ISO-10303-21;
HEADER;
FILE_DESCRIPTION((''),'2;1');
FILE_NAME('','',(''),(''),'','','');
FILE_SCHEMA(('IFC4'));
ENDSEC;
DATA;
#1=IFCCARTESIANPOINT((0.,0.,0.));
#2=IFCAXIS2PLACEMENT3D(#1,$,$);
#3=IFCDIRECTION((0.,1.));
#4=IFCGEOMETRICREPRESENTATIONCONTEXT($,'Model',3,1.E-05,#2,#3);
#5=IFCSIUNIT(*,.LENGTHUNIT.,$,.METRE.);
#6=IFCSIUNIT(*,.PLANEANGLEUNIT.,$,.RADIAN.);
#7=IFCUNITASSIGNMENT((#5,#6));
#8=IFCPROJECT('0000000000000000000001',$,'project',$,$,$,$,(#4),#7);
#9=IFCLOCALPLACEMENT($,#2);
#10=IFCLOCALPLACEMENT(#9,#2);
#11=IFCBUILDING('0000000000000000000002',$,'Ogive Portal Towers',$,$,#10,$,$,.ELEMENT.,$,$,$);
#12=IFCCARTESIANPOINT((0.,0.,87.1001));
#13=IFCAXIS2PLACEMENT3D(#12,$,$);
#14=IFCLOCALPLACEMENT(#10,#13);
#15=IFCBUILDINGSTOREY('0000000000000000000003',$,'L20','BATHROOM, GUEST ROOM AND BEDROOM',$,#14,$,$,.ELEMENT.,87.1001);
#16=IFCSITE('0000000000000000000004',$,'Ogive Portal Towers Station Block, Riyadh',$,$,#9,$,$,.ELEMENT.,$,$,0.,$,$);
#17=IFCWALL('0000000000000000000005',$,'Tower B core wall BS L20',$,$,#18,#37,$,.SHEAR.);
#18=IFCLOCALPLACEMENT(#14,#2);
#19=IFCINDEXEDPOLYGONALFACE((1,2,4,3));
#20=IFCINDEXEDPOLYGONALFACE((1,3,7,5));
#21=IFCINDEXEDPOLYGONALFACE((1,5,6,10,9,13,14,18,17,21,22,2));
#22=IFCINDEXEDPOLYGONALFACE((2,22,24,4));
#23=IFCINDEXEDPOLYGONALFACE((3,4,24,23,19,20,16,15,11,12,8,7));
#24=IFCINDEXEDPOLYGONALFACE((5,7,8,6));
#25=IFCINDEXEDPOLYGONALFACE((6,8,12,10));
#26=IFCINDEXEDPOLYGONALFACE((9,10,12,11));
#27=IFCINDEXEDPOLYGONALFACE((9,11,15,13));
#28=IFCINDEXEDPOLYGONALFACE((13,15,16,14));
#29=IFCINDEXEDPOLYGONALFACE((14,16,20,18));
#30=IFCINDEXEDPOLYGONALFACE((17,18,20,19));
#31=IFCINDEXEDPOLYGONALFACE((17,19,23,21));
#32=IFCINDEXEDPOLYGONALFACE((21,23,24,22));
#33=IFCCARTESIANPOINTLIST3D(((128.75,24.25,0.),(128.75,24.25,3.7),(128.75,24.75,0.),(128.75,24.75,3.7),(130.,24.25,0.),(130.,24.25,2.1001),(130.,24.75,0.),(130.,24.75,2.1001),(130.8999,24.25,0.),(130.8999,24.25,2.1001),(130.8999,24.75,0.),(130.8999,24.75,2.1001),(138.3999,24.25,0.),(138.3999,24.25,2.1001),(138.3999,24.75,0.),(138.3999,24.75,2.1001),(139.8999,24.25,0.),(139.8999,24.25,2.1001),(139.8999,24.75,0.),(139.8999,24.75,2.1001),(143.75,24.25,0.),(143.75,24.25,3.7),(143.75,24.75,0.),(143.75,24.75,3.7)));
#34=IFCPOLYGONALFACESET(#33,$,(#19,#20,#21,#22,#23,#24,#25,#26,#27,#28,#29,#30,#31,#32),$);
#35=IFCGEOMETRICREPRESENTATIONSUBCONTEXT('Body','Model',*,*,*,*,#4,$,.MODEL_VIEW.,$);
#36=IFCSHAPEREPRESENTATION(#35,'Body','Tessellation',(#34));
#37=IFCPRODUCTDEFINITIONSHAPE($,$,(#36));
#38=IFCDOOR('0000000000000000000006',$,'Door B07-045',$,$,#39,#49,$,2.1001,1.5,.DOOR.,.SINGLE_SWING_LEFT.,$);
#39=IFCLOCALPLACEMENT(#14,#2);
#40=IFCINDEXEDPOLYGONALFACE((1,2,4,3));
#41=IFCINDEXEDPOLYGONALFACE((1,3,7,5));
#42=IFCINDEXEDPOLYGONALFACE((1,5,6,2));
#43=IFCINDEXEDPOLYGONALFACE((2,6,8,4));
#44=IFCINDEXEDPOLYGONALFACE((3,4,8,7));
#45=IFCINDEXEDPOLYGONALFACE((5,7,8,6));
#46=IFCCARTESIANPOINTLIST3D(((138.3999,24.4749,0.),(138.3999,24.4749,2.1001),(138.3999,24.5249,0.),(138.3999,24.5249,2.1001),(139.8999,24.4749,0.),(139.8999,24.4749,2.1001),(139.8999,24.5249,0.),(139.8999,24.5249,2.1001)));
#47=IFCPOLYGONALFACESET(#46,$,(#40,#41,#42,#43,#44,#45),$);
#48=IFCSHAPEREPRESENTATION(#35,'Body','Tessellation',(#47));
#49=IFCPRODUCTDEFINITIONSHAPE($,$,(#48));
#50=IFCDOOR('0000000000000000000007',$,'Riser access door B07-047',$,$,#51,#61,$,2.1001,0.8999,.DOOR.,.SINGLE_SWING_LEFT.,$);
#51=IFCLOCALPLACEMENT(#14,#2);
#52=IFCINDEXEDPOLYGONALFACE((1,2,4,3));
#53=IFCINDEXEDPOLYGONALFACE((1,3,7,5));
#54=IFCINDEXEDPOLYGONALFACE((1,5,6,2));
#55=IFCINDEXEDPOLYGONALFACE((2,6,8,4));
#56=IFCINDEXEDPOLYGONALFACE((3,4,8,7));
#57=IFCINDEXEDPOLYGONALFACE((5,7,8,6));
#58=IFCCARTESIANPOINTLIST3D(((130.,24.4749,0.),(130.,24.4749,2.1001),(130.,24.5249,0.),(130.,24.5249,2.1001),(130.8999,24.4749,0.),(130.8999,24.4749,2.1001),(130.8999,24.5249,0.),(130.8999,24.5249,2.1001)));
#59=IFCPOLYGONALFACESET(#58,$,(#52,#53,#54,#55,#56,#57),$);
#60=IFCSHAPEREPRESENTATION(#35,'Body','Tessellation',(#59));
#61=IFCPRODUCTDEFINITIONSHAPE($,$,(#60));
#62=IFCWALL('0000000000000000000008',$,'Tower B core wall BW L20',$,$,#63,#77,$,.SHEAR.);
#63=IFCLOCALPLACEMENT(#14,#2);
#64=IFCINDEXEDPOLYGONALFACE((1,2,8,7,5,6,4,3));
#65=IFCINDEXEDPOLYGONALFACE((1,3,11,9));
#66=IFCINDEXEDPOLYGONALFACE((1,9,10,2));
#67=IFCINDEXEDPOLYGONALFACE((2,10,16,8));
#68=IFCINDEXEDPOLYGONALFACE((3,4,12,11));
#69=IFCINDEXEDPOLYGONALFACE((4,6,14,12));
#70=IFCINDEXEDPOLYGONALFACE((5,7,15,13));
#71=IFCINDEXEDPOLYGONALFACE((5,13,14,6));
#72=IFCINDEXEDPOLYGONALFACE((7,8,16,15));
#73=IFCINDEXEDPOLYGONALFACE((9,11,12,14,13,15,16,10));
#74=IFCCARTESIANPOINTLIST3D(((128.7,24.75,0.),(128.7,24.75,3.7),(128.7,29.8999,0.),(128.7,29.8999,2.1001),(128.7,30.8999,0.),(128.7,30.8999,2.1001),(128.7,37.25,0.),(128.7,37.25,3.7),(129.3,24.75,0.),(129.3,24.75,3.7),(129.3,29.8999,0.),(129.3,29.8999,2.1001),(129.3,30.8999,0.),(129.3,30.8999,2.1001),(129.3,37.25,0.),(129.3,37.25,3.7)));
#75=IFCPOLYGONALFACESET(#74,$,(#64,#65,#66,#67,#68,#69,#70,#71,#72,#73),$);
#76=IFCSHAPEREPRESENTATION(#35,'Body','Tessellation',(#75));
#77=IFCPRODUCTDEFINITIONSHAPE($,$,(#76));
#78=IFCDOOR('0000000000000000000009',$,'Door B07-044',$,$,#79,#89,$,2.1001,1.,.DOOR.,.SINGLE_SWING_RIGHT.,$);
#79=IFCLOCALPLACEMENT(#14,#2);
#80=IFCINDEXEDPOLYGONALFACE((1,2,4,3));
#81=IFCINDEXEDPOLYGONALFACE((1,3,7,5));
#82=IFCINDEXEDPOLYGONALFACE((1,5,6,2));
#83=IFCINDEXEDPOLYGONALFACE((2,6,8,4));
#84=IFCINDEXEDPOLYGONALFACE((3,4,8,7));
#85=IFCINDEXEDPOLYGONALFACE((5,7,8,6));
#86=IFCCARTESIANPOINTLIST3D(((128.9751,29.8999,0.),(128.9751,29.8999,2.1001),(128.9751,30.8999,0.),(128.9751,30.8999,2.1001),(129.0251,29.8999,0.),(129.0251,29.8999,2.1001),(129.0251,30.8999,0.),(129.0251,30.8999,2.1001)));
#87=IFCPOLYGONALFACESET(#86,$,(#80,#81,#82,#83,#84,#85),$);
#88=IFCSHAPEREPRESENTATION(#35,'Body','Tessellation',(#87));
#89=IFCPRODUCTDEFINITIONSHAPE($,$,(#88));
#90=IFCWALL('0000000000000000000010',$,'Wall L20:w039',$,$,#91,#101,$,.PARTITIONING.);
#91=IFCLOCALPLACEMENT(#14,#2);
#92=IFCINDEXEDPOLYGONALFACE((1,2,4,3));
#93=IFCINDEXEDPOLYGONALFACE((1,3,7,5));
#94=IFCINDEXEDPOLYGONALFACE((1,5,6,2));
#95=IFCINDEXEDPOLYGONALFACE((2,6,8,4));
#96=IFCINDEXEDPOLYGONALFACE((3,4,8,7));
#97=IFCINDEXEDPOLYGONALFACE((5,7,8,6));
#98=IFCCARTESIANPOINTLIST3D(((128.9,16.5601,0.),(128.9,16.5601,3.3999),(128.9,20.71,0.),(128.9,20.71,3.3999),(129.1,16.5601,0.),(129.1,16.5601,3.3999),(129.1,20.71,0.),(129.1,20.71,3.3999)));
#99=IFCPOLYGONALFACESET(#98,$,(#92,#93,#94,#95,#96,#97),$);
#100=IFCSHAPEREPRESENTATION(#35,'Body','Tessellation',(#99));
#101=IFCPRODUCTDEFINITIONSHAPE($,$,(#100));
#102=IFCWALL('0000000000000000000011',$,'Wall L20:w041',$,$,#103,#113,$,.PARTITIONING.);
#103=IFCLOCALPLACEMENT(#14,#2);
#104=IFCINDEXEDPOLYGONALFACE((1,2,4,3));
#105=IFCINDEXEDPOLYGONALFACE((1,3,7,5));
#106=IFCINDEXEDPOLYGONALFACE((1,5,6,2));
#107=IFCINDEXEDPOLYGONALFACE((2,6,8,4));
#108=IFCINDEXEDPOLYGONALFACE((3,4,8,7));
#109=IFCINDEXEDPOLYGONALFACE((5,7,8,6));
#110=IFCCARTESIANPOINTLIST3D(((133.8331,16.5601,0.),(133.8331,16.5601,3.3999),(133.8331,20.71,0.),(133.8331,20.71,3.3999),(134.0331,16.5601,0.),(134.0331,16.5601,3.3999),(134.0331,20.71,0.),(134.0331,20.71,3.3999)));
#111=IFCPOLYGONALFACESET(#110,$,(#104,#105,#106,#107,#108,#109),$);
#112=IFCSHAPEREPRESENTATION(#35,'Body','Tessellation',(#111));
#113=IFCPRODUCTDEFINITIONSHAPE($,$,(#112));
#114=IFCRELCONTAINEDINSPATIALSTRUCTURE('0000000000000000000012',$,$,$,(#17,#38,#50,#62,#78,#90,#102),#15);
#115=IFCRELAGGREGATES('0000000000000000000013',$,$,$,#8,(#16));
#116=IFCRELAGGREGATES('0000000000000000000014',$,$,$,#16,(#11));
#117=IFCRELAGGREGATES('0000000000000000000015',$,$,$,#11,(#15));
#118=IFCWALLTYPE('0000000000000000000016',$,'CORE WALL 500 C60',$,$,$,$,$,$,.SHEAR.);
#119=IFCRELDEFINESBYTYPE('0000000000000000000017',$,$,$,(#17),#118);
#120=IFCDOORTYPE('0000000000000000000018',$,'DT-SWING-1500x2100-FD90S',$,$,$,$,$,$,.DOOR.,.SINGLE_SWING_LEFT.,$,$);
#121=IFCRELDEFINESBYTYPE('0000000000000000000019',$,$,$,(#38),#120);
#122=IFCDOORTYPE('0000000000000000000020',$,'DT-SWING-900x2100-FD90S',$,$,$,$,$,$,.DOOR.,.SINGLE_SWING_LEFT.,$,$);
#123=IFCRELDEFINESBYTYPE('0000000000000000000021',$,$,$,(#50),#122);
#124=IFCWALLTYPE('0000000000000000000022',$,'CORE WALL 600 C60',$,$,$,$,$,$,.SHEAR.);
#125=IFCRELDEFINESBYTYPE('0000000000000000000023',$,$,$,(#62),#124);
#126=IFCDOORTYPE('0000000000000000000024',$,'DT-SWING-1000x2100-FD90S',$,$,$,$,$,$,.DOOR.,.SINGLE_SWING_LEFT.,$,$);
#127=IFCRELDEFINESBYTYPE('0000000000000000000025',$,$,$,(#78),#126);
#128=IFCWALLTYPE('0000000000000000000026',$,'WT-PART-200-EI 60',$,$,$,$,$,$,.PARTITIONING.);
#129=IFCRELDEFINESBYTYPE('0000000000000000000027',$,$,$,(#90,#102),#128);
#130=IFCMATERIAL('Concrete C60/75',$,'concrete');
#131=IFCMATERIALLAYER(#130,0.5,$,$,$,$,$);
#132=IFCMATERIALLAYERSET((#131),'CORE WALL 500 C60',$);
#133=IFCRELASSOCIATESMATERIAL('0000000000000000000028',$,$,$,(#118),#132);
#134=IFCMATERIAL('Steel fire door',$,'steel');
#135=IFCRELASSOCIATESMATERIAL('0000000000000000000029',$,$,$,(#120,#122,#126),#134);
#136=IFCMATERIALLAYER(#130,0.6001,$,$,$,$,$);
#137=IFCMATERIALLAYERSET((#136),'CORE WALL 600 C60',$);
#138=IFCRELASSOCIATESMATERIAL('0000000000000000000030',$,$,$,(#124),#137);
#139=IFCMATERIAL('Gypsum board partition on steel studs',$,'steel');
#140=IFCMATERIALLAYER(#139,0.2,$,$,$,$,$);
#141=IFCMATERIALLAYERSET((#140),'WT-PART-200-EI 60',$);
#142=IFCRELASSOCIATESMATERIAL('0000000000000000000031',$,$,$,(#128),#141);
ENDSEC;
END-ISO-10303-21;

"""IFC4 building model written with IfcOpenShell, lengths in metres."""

from ifc_helpers import new_model, si_unit, direction, frame, frame_2d, origin, place, context, subcontext, project, spatial, rectangle, extrude, material, layer, layer_set, type_object, element, fill, save


model = new_model("IFC4")

# Units and contexts
model_context = context("Model", 3, precision=1e-05, world=origin(), true_north=direction((0.0, 1.0)))
body_context = subcontext(model_context, "Body", "Model", "MODEL_VIEW")
ifc_project = project(units=[si_unit("LENGTHUNIT", "METRE"), si_unit("PLANEANGLEUNIT", "RADIAN")], contexts=[model_context])

# Site, building, storey
site_placement = place(None, origin())
site = spatial("IfcSite", under=ifc_project, at=site_placement, Name="Ogive Portal Towers Station Block, Riyadh", CompositionType="ELEMENT", RefElevation=0.0)
building_placement = place(site_placement, origin())
building = spatial("IfcBuilding", under=site, at=building_placement, Name="Ogive Portal Towers", CompositionType="ELEMENT")
storey_placement = place(building_placement, frame((0.0, 0.0, 87.1001)))
storey = spatial("IfcBuildingStorey", under=building, at=storey_placement, Name="L20", Description="BATHROOM, GUEST ROOM AND BEDROOM", CompositionType="ELEMENT", Elevation=87.1001)

# Shared definitions
ifc_material_1 = material(Name="Concrete C60/75", Category="concrete")
ifc_material_2 = material(Name="Steel fire door", Category="steel")

# Wall, openings, doors
ifc_layer_1 = layer(ifc_material_1, 0.5)
ifc_layer_set_1 = layer_set([ifc_layer_1], Name="CORE WALL 500 C60")
wall_type_1 = type_object("IfcWallType", Name="CORE WALL 500 C60", PredefinedType="SHEAR", material=ifc_layer_set_1)
wall_1_placement = place(storey_placement, frame((128.75, 24.5, 0.0), z_axis=(0.0, 0.0, 1.0), x_axis=(1.0, 0.0, 0.0)))
wall_1 = element("IfcWall", 1, at=wall_1_placement, inside=storey, type_object=wall_type_1, Name="Tower B core wall BS L20", PredefinedType="SHEAR", context=body_context, shape_type="SweptSolid", body=[
    extrude(rectangle(XDim=15.0, YDim=0.5, at=frame_2d((7.5, 0.0))), origin(), (0.0, 0.0, 1.0), 3.7),
])
opening_1_placement = place(wall_1_placement, frame((9.6499, 0.0, 0.0)))
opening_1 = element("IfcOpeningElement", 2, at=opening_1_placement, cuts=wall_1, PredefinedType="OPENING", context=body_context, shape_type="SweptSolid", body=[
    extrude(rectangle(XDim=1.5, YDim=2.1001, at=frame_2d((0.75, 1.05))), frame((0.0, 0.26, 0.0), z_axis=(0.0, -1.0, 0.0), x_axis=(1.0, 0.0, 0.0)), (0.0, 0.0, 1.0), 0.52),
])
opening_2_placement = place(wall_1_placement, frame((1.25, 0.0, 0.0)))
opening_2 = element("IfcOpeningElement", 3, at=opening_2_placement, cuts=wall_1, PredefinedType="OPENING", context=body_context, shape_type="SweptSolid", body=[
    extrude(rectangle(XDim=0.8999, YDim=2.1001, at=frame_2d((0.45, 1.05))), frame((0.0, 0.26, 0.0), z_axis=(0.0, -1.0, 0.0), x_axis=(1.0, 0.0, 0.0)), (0.0, 0.0, 1.0), 0.52),
])
door_type_1 = type_object("IfcDoorType", Name="DT-SWING-1500x2100-FD90S", OperationType="SINGLE_SWING_LEFT", PredefinedType="DOOR", material=ifc_material_2)
door_1_placement = place(opening_1_placement, origin())
door_1 = element("IfcDoor", 4, at=door_1_placement, inside=storey, type_object=door_type_1, Name="Door B07-045", OperationType="SINGLE_SWING_LEFT", OverallHeight=2.1001, OverallWidth=1.5, PredefinedType="DOOR", context=body_context, shape_type="SweptSolid", body=[
    extrude(rectangle(XDim=1.5, YDim=2.1001, at=frame_2d((0.75, 1.05))), frame((0.0, 0.0249, 0.0), z_axis=(0.0, -1.0, 0.0), x_axis=(1.0, 0.0, 0.0)), (0.0, 0.0, 1.0), 0.05),
])
fill(opening_1, door_1)
door_type_2 = type_object("IfcDoorType", Name="DT-SWING-900x2100-FD90S", OperationType="SINGLE_SWING_LEFT", PredefinedType="DOOR", material=ifc_material_2)
door_2_placement = place(opening_2_placement, origin())
door_2 = element("IfcDoor", 5, at=door_2_placement, inside=storey, type_object=door_type_2, Name="Riser access door B07-047", OperationType="SINGLE_SWING_LEFT", OverallHeight=2.1001, OverallWidth=0.8999, PredefinedType="DOOR", context=body_context, shape_type="SweptSolid", body=[
    extrude(rectangle(XDim=0.8999, YDim=2.1001, at=frame_2d((0.45, 1.05))), frame((0.0, 0.0249, 0.0), z_axis=(0.0, -1.0, 0.0), x_axis=(1.0, 0.0, 0.0)), (0.0, 0.0, 1.0), 0.05),
])
fill(opening_2, door_2)

# Wall, opening, door
ifc_layer_2 = layer(ifc_material_1, 0.6001)
ifc_layer_set_2 = layer_set([ifc_layer_2], Name="CORE WALL 600 C60")
wall_type_2 = type_object("IfcWallType", Name="CORE WALL 600 C60", PredefinedType="SHEAR", material=ifc_layer_set_2)
wall_2_placement = place(storey_placement, frame((129.0, 24.75, 0.0), z_axis=(0.0, 0.0, 1.0), x_axis=(0.0, 1.0, 0.0)))
wall_2 = element("IfcWall", 6, at=wall_2_placement, inside=storey, type_object=wall_type_2, Name="Tower B core wall BW L20", PredefinedType="SHEAR", context=body_context, shape_type="SweptSolid", body=[
    extrude(rectangle(XDim=12.5, YDim=0.6001, at=frame_2d((6.25, 0.0))), origin(), (0.0, 0.0, 1.0), 3.7),
])
opening_3_placement = place(wall_2_placement, frame((5.1499, 0.0, 0.0)))
opening_3 = element("IfcOpeningElement", 7, at=opening_3_placement, cuts=wall_2, PredefinedType="OPENING", context=body_context, shape_type="SweptSolid", body=[
    extrude(rectangle(XDim=1.0, YDim=2.1001, at=frame_2d((0.5, 1.05))), frame((0.0, 0.3101, 0.0), z_axis=(0.0, -1.0, 0.0), x_axis=(1.0, 0.0, 0.0)), (0.0, 0.0, 1.0), 0.6201),
])
door_type_3 = type_object("IfcDoorType", Name="DT-SWING-1000x2100-FD90S", OperationType="SINGLE_SWING_LEFT", PredefinedType="DOOR", material=ifc_material_2)
door_3_placement = place(opening_3_placement, origin())
door_3 = element("IfcDoor", 8, at=door_3_placement, inside=storey, type_object=door_type_3, Name="Door B07-044", OperationType="SINGLE_SWING_RIGHT", OverallHeight=2.1001, OverallWidth=1.0, PredefinedType="DOOR", context=body_context, shape_type="SweptSolid", body=[
    extrude(rectangle(XDim=1.0, YDim=2.1001, at=frame_2d((0.5, 1.05))), frame((0.0, 0.0249, 0.0), z_axis=(0.0, -1.0, 0.0), x_axis=(1.0, 0.0, 0.0)), (0.0, 0.0, 1.0), 0.05),
])
fill(opening_3, door_3)

# Walls
ifc_material_3 = material(Name="Gypsum board partition on steel studs", Category="steel")
ifc_layer_3 = layer(ifc_material_3, 0.2)
ifc_layer_set_3 = layer_set([ifc_layer_3], Name="WT-PART-200-EI 60")
wall_type_3 = type_object("IfcWallType", Name="WT-PART-200-EI 60", PredefinedType="PARTITIONING", material=ifc_layer_set_3)
for number, where, z_axis, x_axis, name in (
    (9, (129.0, 16.5601, 0.0), (0.0, 0.0, 1.0), (0.0, 1.0, 0.0), "Wall L20:w039"),
    (10, (133.9331, 16.5601, 0.0), (0.0, 0.0, 1.0), (0.0, 1.0, 0.0), "Wall L20:w041"),
):
    element("IfcWall", number, at=place(storey_placement, frame(where, z_axis=z_axis, x_axis=x_axis)), inside=storey, type_object=wall_type_3, Name=name, PredefinedType="PARTITIONING", context=body_context, shape_type="SweptSolid", body=[
        extrude(rectangle(XDim=4.1499, YDim=0.2, at=frame_2d((2.075, 0.0))), origin(), (0.0, 0.0, 1.0), 3.3999),
    ])

save(model, "model.ifc")
